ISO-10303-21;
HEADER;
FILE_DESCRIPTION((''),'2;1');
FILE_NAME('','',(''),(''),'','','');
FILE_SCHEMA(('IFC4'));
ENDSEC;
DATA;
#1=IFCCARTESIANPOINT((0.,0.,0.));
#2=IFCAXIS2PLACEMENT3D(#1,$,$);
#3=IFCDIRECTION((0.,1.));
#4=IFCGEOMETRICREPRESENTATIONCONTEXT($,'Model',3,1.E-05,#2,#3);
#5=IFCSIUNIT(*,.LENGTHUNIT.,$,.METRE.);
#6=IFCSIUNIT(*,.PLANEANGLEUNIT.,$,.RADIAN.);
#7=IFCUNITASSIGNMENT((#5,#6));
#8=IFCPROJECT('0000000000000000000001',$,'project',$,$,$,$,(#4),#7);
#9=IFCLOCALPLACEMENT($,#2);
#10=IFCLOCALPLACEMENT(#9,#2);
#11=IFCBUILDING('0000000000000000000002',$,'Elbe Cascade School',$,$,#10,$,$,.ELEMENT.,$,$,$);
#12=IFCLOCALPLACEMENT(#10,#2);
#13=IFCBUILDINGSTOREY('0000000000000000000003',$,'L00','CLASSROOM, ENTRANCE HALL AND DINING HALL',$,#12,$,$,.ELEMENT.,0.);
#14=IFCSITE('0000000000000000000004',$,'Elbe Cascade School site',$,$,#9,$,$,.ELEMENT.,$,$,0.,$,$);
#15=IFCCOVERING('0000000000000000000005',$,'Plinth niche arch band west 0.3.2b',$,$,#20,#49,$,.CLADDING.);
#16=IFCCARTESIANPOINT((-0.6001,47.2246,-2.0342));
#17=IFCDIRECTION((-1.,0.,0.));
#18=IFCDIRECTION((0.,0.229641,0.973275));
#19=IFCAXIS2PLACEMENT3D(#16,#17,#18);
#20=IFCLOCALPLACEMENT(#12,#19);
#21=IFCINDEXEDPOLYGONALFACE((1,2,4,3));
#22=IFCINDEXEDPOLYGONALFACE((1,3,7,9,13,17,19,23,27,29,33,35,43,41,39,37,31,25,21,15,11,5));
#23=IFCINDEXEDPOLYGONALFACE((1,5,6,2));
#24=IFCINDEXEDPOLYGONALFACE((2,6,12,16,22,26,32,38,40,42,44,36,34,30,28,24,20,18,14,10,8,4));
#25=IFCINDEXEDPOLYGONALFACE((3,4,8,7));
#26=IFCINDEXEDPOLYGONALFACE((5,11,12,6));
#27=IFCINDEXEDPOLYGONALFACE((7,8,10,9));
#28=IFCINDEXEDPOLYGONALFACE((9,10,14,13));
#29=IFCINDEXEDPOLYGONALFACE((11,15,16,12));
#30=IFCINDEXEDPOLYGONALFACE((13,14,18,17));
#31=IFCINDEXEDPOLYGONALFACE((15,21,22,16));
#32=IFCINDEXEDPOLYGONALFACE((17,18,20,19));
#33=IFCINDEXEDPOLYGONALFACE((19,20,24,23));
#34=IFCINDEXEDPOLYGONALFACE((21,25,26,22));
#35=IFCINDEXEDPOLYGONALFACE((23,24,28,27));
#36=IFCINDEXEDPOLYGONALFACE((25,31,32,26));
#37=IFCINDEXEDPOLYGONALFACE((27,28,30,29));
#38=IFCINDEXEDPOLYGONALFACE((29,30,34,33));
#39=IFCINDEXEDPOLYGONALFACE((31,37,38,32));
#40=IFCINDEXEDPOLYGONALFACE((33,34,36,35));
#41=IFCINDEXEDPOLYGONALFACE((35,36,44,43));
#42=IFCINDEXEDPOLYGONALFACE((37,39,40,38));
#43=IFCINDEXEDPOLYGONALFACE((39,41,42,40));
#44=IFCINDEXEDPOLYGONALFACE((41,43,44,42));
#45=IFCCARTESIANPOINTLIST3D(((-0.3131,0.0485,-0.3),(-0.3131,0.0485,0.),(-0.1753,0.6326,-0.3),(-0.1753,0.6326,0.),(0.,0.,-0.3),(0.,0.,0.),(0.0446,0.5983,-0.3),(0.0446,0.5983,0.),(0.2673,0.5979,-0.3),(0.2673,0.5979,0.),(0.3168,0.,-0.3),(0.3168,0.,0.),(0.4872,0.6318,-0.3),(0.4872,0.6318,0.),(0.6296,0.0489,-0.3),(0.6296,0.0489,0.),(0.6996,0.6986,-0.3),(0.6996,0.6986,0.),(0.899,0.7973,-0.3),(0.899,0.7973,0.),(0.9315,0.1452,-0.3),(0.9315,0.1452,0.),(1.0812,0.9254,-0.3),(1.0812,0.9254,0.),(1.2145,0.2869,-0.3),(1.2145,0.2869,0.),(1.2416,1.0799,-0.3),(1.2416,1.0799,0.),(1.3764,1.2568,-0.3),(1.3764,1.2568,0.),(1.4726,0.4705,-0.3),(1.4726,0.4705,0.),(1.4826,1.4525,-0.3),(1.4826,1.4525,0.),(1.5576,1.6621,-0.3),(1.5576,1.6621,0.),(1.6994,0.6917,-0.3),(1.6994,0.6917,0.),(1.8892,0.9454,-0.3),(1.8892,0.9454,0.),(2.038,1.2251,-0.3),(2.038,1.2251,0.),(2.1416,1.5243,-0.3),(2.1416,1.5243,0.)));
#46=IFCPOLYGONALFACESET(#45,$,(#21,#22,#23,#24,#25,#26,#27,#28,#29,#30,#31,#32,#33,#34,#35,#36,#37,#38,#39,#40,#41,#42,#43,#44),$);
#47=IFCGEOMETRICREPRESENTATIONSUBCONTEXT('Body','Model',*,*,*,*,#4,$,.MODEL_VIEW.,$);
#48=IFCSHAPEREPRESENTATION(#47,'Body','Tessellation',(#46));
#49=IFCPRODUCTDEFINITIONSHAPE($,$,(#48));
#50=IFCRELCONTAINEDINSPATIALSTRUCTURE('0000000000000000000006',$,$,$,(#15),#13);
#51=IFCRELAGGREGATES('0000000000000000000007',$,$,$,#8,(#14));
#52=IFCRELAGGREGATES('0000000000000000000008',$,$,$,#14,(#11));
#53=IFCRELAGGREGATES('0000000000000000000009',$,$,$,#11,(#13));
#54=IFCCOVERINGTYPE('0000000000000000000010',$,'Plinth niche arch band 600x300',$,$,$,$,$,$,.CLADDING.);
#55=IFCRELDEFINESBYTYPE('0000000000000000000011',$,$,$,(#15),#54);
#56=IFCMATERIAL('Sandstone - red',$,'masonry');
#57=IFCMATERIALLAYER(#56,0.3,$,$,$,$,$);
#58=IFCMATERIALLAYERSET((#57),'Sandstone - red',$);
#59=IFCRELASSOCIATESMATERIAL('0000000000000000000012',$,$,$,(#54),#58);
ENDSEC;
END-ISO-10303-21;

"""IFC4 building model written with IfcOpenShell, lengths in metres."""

from ifc_helpers import new_model, si_unit, direction, frame, origin, place, context, subcontext, project, spatial, polyline, outline, extrude, material, layer, layer_set, type_object, element, save


model = new_model("IFC4")

# Units and contexts
model_context = context("Model", 3, precision=1e-05, world=origin(), true_north=direction((0.0, 1.0)))
body_context = subcontext(model_context, "Body", "Model", "MODEL_VIEW")
ifc_project = project(units=[si_unit("LENGTHUNIT", "METRE"), si_unit("PLANEANGLEUNIT", "RADIAN")], contexts=[model_context])

# Site, building, storey
site_placement = place(None, origin())
site = spatial("IfcSite", under=ifc_project, at=site_placement, Name="Elbe Cascade School site", CompositionType="ELEMENT", RefElevation=0.0)
building_placement = place(site_placement, origin())
building = spatial("IfcBuilding", under=site, at=building_placement, Name="Elbe Cascade School", CompositionType="ELEMENT")
storey_placement = place(building_placement, origin())
storey = spatial("IfcBuildingStorey", under=building, at=storey_placement, Name="L00", Description="CLASSROOM, ENTRANCE HALL AND DINING HALL", CompositionType="ELEMENT", Elevation=0.0)

# Covering
ifc_material_1 = material(Name="Sandstone - red", Category="masonry")
ifc_layer_1 = layer(ifc_material_1, 0.3)
ifc_layer_set_1 = layer_set([ifc_layer_1], Name="Sandstone - red")
covering_type = type_object("IfcCoveringType", Name="Plinth niche arch band 600x300", PredefinedType="CLADDING", material=ifc_layer_set_1)
covering_1_placement = place(storey_placement, frame((-0.6001, 47.2246, -2.0342), z_axis=(-1.0, 0.0, 0.0), x_axis=(0.0, 0.229641, 0.973275)))
element("IfcCovering", 1, at=covering_1_placement, inside=storey, type_object=covering_type, Name="Plinth niche arch band west 0.3.2b", PredefinedType="CLADDING", context=body_context, shape_type="SweptSolid", body=[
    extrude(outline(polyline([(0.0, 0.0), (0.3168, 0.0), (0.6296, 0.0489), (0.9315, 0.1452), (1.2145, 0.2869), (1.4726, 0.4705), (1.6994, 0.6917), (1.8892, 0.9454), (2.038, 1.2251), (2.1416, 1.5243), (1.5576, 1.6621), (1.4826, 1.4525), (1.3764, 1.2568), (1.2416, 1.0799), (1.0812, 0.9254), (0.899, 0.7973), (0.6996, 0.6986), (0.4872, 0.6318), (0.2673, 0.5979), (0.0446, 0.5983), (-0.1753, 0.6326), (-0.3131, 0.0485), (0.0, 0.0)])), origin(), (0.0, 0.0, -1.0), 0.3),
])

save(model, "model.ifc")
